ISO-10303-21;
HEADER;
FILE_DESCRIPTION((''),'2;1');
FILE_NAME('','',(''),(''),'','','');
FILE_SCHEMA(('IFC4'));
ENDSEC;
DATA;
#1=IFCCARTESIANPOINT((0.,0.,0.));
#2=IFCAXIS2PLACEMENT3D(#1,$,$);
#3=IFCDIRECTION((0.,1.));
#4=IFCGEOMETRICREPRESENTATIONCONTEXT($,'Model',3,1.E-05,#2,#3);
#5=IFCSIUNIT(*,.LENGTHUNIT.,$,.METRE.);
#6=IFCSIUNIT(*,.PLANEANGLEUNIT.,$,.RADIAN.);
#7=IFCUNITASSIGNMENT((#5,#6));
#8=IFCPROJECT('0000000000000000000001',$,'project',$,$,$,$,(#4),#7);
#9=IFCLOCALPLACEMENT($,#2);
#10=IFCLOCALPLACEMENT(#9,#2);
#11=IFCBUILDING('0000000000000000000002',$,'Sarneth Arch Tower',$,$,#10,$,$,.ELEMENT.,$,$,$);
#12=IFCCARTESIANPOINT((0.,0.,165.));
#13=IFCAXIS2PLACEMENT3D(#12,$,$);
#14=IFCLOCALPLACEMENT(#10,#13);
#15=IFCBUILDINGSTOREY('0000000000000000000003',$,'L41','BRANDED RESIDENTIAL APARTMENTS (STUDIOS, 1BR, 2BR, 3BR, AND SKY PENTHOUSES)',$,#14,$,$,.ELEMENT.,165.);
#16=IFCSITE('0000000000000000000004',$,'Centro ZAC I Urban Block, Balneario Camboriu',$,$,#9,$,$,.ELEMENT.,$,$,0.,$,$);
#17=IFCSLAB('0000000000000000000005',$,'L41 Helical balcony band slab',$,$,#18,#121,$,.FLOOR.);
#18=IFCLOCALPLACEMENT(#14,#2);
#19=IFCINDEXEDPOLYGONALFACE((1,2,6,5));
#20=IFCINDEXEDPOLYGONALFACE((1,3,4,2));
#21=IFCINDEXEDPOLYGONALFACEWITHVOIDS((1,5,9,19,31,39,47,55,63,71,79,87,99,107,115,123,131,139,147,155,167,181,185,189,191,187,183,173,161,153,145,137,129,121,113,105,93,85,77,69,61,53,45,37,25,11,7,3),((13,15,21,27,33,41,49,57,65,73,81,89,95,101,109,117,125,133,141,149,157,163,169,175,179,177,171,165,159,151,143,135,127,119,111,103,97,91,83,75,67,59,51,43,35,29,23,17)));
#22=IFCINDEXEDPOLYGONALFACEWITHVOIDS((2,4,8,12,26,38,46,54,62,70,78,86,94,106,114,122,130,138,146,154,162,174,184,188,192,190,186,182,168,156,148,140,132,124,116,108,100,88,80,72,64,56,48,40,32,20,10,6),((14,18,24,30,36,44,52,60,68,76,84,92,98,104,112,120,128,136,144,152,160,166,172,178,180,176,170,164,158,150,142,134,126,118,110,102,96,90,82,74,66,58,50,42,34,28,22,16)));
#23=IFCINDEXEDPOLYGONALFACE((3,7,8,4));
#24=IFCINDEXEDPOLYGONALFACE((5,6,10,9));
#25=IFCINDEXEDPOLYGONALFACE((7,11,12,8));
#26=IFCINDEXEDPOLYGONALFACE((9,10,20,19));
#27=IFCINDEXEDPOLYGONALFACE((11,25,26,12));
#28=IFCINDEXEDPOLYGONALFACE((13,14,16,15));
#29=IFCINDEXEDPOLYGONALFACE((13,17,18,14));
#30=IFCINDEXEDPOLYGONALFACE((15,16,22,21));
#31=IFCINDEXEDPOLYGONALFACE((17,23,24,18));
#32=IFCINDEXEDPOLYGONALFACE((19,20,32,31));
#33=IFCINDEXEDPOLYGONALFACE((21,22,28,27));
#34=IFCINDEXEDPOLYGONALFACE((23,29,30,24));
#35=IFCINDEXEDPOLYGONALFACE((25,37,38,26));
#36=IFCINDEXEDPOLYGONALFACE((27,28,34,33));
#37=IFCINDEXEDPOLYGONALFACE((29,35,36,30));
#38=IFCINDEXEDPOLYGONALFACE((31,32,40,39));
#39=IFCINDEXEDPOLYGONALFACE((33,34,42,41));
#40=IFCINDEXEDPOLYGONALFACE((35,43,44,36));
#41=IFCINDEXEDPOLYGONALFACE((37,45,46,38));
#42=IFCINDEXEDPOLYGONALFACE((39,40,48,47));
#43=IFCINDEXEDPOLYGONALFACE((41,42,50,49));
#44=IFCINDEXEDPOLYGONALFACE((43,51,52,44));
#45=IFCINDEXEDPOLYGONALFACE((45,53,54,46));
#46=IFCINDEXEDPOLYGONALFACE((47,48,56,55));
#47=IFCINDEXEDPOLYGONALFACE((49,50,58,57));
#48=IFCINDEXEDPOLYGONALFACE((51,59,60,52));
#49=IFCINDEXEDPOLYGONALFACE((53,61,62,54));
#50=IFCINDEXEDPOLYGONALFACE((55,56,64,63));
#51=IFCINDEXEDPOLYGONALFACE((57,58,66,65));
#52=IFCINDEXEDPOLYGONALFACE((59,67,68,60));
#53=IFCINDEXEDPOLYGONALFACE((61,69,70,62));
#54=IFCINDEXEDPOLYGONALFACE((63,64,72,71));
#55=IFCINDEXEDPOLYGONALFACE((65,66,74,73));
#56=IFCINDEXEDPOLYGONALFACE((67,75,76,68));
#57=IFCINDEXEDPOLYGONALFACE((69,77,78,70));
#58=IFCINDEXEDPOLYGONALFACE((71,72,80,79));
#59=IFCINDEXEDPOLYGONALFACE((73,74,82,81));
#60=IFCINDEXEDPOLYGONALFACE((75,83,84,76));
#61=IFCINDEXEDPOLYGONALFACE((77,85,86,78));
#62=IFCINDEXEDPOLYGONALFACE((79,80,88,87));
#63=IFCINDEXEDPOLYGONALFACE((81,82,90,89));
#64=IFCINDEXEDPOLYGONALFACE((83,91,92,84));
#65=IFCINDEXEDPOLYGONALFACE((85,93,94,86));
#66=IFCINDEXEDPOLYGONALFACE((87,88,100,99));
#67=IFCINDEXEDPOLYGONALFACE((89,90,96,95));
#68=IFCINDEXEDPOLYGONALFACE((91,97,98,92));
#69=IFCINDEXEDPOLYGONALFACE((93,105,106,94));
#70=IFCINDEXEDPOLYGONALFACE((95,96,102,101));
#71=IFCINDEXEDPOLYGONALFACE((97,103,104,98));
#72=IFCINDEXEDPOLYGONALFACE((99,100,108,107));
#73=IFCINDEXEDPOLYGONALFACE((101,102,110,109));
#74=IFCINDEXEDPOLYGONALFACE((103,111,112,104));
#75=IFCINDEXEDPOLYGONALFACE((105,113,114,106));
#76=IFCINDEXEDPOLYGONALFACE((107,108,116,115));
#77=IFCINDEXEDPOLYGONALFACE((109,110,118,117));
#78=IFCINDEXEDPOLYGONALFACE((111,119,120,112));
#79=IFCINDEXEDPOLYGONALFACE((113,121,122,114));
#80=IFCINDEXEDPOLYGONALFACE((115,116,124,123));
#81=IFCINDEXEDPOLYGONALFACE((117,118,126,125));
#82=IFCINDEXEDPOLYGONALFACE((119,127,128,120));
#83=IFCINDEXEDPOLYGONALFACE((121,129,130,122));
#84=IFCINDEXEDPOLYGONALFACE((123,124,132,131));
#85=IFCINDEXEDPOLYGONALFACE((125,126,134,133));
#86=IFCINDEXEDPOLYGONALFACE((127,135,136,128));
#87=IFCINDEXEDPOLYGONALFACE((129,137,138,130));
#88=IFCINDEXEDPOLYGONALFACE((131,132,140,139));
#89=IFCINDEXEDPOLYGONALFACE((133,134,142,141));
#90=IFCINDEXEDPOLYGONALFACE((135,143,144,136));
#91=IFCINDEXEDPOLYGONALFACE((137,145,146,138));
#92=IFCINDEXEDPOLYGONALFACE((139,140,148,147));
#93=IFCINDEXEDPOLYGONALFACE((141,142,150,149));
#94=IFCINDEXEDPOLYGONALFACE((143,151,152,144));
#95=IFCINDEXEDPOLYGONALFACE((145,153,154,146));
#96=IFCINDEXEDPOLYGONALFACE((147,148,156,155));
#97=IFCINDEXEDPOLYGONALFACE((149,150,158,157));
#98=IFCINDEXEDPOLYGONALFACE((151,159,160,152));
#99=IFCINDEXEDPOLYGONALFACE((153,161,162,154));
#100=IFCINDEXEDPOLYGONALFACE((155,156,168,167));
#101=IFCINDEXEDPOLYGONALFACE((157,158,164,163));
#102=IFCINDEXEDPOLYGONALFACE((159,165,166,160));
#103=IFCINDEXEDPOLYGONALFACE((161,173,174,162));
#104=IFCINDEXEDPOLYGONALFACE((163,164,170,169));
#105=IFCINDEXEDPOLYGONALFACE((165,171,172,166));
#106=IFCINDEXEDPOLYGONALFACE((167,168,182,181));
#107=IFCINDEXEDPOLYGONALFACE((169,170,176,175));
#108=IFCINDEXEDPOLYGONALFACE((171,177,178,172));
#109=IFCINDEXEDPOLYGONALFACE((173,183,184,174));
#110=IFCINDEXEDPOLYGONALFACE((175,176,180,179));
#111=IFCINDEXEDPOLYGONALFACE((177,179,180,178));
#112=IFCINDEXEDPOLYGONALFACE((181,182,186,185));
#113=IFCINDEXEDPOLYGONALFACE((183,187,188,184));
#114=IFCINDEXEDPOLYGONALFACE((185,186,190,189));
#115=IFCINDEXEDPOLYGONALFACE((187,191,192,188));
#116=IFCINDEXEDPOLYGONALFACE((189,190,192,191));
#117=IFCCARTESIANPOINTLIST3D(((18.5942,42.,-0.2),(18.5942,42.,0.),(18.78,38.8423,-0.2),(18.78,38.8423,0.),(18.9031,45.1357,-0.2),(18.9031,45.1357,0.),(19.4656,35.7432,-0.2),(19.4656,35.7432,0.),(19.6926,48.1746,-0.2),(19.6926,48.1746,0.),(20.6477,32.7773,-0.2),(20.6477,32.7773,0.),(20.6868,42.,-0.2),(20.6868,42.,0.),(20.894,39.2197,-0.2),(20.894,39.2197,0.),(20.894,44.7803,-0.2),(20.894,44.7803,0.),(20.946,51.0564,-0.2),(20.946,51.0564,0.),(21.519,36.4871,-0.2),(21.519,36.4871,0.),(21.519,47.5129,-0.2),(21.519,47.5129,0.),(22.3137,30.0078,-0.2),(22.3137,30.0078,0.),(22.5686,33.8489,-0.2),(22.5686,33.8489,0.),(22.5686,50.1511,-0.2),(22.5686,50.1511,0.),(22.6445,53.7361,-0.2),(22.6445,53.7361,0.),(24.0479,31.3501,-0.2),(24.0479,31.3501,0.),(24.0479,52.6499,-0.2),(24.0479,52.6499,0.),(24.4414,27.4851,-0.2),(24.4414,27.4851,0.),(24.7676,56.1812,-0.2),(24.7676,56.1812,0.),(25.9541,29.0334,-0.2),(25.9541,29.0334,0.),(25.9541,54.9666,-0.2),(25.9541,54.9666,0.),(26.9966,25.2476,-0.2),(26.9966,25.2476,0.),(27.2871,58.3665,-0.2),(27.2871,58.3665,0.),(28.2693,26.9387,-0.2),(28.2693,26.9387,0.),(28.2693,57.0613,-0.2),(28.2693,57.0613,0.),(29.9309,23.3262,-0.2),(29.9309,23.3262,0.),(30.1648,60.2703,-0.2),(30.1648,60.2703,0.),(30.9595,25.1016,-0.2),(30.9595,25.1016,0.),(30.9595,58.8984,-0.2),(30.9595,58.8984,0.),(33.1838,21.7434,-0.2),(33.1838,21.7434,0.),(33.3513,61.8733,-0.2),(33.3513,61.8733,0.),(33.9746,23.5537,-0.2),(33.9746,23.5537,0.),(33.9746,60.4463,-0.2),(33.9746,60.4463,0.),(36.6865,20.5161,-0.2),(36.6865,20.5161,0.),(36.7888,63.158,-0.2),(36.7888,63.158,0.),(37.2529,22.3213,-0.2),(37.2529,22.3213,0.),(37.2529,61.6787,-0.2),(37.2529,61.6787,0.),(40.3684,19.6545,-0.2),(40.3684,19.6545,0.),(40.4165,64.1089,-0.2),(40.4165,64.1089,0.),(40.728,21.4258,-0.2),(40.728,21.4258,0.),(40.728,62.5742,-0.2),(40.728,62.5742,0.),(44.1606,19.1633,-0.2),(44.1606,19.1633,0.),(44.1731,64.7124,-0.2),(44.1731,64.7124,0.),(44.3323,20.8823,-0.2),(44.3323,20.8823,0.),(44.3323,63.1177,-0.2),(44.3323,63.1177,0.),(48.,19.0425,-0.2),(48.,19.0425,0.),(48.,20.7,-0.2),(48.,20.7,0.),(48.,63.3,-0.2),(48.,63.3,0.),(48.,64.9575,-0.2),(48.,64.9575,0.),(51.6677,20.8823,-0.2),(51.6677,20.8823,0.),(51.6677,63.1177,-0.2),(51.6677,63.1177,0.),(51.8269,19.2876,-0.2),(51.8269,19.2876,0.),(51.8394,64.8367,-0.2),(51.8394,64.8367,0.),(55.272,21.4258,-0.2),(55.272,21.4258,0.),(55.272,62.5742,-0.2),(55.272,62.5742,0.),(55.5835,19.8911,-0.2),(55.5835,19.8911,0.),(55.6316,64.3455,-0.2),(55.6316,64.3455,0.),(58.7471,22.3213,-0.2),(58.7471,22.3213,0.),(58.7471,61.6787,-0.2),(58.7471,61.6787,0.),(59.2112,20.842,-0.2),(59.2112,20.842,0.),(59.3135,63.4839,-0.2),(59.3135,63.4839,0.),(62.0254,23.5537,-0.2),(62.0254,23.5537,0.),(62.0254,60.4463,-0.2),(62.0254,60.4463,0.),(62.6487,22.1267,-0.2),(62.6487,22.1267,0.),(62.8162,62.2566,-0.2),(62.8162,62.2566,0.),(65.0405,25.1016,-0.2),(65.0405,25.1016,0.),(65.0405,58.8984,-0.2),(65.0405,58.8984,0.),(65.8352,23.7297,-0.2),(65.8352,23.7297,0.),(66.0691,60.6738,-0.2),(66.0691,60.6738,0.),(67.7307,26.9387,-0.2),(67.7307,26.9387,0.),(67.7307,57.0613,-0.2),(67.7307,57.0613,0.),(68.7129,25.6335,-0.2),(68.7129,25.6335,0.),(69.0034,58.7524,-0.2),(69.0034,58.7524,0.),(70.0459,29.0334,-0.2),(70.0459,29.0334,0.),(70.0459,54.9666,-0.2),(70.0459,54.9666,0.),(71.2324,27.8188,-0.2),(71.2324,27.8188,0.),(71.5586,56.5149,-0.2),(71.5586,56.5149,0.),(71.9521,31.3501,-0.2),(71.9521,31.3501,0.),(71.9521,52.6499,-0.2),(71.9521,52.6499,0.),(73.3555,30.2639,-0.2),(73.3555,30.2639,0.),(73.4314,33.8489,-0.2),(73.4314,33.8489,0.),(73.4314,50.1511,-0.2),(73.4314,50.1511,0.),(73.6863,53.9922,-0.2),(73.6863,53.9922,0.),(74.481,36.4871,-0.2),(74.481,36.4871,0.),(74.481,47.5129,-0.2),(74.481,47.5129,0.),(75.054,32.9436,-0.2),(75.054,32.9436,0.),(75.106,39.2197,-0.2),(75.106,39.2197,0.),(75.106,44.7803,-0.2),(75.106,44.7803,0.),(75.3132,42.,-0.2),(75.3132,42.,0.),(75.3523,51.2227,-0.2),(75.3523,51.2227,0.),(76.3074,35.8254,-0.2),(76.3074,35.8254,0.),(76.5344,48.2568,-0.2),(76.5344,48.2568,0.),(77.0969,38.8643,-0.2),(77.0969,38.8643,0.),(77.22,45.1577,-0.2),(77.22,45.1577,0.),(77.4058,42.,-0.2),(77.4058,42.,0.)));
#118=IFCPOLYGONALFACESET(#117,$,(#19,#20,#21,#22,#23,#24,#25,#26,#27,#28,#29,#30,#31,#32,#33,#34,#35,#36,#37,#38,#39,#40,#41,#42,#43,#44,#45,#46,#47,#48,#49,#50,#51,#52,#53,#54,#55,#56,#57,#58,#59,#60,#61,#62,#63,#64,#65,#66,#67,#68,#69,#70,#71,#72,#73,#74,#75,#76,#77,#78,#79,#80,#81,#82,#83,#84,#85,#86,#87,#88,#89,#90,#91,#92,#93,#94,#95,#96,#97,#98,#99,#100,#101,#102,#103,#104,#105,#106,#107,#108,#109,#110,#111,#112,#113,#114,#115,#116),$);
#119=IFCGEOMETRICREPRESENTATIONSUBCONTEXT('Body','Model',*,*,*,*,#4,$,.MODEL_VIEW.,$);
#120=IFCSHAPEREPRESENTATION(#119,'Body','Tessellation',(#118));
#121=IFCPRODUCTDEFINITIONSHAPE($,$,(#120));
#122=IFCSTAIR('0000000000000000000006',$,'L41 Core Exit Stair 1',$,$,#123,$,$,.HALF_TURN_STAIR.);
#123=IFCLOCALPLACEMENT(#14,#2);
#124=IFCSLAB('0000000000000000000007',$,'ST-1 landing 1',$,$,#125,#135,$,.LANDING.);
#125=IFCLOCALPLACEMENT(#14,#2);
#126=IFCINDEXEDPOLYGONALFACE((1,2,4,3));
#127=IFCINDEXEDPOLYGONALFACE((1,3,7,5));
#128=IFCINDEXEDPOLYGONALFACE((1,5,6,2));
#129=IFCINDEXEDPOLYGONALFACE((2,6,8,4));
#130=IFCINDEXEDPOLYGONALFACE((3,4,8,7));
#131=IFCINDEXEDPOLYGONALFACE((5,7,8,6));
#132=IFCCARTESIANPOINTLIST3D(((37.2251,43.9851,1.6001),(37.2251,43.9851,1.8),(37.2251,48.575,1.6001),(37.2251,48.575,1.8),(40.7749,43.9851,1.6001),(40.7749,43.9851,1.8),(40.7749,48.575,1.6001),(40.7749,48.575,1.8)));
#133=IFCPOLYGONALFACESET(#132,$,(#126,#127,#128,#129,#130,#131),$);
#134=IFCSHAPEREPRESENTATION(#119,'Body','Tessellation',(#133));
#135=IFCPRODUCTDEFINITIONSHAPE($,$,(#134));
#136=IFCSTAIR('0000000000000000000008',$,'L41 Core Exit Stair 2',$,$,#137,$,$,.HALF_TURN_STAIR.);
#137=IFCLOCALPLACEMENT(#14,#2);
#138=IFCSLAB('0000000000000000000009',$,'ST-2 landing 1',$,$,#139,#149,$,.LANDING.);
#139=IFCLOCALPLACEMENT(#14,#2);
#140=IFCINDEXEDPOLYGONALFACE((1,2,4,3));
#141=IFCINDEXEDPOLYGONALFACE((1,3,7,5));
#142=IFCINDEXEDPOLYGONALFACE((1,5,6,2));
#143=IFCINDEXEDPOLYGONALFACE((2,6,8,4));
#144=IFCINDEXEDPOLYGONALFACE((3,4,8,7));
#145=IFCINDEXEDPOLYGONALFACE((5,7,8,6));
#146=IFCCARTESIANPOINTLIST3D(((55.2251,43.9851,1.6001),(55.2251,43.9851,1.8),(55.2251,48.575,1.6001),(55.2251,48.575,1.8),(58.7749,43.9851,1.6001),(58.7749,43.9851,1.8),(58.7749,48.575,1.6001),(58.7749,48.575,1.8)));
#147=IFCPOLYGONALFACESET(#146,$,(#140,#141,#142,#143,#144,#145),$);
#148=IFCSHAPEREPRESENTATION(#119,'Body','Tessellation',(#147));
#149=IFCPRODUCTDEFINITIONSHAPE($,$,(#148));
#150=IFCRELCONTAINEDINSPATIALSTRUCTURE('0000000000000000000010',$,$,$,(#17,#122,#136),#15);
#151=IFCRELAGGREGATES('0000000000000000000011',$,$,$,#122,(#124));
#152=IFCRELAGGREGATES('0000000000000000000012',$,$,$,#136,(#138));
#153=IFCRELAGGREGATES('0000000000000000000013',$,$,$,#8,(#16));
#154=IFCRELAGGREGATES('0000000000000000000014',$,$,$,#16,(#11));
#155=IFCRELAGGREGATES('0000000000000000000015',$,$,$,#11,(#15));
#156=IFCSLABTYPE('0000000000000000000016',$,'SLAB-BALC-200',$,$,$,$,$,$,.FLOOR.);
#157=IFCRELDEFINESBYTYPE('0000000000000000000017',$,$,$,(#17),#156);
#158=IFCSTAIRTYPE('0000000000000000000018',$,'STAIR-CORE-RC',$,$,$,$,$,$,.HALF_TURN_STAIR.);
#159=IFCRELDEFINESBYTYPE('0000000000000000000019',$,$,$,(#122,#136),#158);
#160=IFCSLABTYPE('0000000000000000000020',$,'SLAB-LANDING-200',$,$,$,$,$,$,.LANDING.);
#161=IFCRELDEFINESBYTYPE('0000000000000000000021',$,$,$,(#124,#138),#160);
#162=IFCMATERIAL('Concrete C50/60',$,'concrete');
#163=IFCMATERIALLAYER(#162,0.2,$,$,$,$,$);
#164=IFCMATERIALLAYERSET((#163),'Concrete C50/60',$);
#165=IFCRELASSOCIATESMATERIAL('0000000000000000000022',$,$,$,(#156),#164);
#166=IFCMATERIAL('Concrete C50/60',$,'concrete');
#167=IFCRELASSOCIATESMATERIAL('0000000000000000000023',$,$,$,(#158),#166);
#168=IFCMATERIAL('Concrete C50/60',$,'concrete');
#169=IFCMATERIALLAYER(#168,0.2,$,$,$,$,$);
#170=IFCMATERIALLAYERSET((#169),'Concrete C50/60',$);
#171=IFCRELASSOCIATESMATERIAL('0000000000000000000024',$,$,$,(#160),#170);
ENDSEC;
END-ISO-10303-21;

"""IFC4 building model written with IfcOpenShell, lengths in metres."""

from ifc_helpers import new_model, si_unit, direction, frame, origin, place, context, subcontext, project, spatial, polyline, outline, extrude, material, layer, layer_set, type_object, element, aggregate, save


model = new_model("IFC4")

# Units and contexts
model_context = context("Model", 3, precision=1e-05, world=origin(), true_north=direction((0.0, 1.0)))
body_context = subcontext(model_context, "Body", "Model", "MODEL_VIEW")
ifc_project = project(units=[si_unit("LENGTHUNIT", "METRE"), si_unit("PLANEANGLEUNIT", "RADIAN")], contexts=[model_context])

# Site, building, storey
site_placement = place(None, origin())
site = spatial("IfcSite", under=ifc_project, at=site_placement, Name="Centro ZAC I Urban Block, Balneario Camboriu", CompositionType="ELEMENT", RefElevation=0.0)
building_placement = place(site_placement, origin())
building = spatial("IfcBuilding", under=site, at=building_placement, Name="Sarneth Arch Tower", CompositionType="ELEMENT")
storey_placement = place(building_placement, frame((0.0, 0.0, 165.0)))
storey = spatial("IfcBuildingStorey", under=building, at=storey_placement, Name="L41", Description="BRANDED RESIDENTIAL APARTMENTS (STUDIOS, 1BR, 2BR, 3BR, AND SKY PENTHOUSES)", CompositionType="ELEMENT", Elevation=165.0)

# Slab
ifc_material_1 = material(Name="Concrete C50/60", Category="concrete")
ifc_layer_1 = layer(ifc_material_1, 0.2)
ifc_layer_set_1 = layer_set([ifc_layer_1], Name="Concrete C50/60")
slab_type_1 = type_object("IfcSlabType", Name="SLAB-BALC-200", PredefinedType="FLOOR", material=ifc_layer_set_1)
slab_1_placement = place(storey_placement, frame((0.0, 0.0, -0.2)))
element("IfcSlab", 1, at=slab_1_placement, inside=storey, type_object=slab_type_1, Name="L41 Helical balcony band slab", PredefinedType="FLOOR", context=body_context, shape_type="SweptSolid", body=[
    extrude(outline(polyline([(77.4058, 42.0), (77.22, 45.1577), (76.5344, 48.2568), (75.3523, 51.2227), (73.6863, 53.9922), (71.5586, 56.5149), (69.0034, 58.7524), (66.0691, 60.6738), (62.8162, 62.2566), (59.3135, 63.4839), (55.6316, 64.3455), (51.8394, 64.8367), (48.0, 64.9575), (44.1731, 64.7124), (40.4165, 64.1089), (36.7888, 63.158), (33.3513, 61.8733), (30.1648, 60.2703), (27.2871, 58.3665), (24.7676, 56.1812), (22.6445, 53.7361), (20.946, 51.0564), (19.6926, 48.1746), (18.9031, 45.1357), (18.5942, 42.0), (18.78, 38.8423), (19.4656, 35.7432), (20.6477, 32.7773), (22.3137, 30.0078), (24.4414, 27.4851), (26.9966, 25.2476), (29.9309, 23.3262), (33.1838, 21.7434), (36.6865, 20.5161), (40.3684, 19.6545), (44.1606, 19.1633), (48.0, 19.0425), (51.8269, 19.2876), (55.5835, 19.8911), (59.2112, 20.842), (62.6487, 22.1267), (65.8352, 23.7297), (68.7129, 25.6335), (71.2324, 27.8188), (73.3555, 30.2639), (75.054, 32.9436), (76.3074, 35.8254), (77.0969, 38.8643), (77.4058, 42.0)]), holes=[polyline([(75.3132, 42.0), (75.106, 44.7803), (74.481, 47.5129), (73.4314, 50.1511), (71.9521, 52.6499), (70.0459, 54.9666), (67.7307, 57.0613), (65.0405, 58.8984), (62.0254, 60.4463), (58.7471, 61.6787), (55.272, 62.5742), (51.6677, 63.1177), (48.0, 63.3), (44.3323, 63.1177), (40.728, 62.5742), (37.2529, 61.6787), (33.9746, 60.4463), (30.9595, 58.8984), (28.2693, 57.0613), (25.9541, 54.9666), (24.0479, 52.6499), (22.5686, 50.1511), (21.519, 47.5129), (20.894, 44.7803), (20.6868, 42.0), (20.894, 39.2197), (21.519, 36.4871), (22.5686, 33.8489), (24.0479, 31.3501), (25.9541, 29.0334), (28.2693, 26.9387), (30.9595, 25.1016), (33.9746, 23.5537), (37.2529, 22.3213), (40.728, 21.4258), (44.3323, 20.8823), (48.0, 20.7), (51.6677, 20.8823), (55.272, 21.4258), (58.7471, 22.3213), (62.0254, 23.5537), (65.0405, 25.1016), (67.7307, 26.9387), (70.0459, 29.0334), (71.9521, 31.3501), (73.4314, 33.8489), (74.481, 36.4871), (75.106, 39.2197), (75.3132, 42.0)])]), origin(), (0.0, 0.0, 1.0), 0.2),
])

# Stairs, slabs
ifc_material_2 = material(Name="Concrete C50/60", Category="concrete")
stair_type = type_object("IfcStairType", Name="STAIR-CORE-RC", PredefinedType="HALF_TURN_STAIR", material=ifc_material_2)
stair_1_placement = place(storey_placement, origin())
stair_1 = element("IfcStair", 2, at=stair_1_placement, inside=storey, type_object=stair_type, Name="L41 Core Exit Stair 1", PredefinedType="HALF_TURN_STAIR")
ifc_material_3 = material(Name="Concrete C50/60", Category="concrete")
ifc_layer_2 = layer(ifc_material_3, 0.2)
ifc_layer_set_2 = layer_set([ifc_layer_2], Name="Concrete C50/60")
slab_type_2 = type_object("IfcSlabType", Name="SLAB-LANDING-200", PredefinedType="LANDING", material=ifc_layer_set_2)
slab_2_placement = place(storey_placement, frame((0.0, 0.0, 1.6001)))
slab_2 = element("IfcSlab", 3, at=slab_2_placement, type_object=slab_type_2, Name="ST-1 landing 1", PredefinedType="LANDING", context=body_context, shape_type="SweptSolid", body=[
    extrude(outline(polyline([(37.2251, 43.9851), (40.7749, 43.9851), (40.7749, 48.575), (37.2251, 48.575), (37.2251, 43.9851)])), origin(), (0.0, 0.0, 1.0), 0.2),
])
aggregate(stair_1, [slab_2])
stair_2_placement = place(storey_placement, origin())
stair_2 = element("IfcStair", 4, at=stair_2_placement, inside=storey, type_object=stair_type, Name="L41 Core Exit Stair 2", PredefinedType="HALF_TURN_STAIR")
slab_3_placement = place(storey_placement, frame((0.0, 0.0, 1.6001)))
slab_3 = element("IfcSlab", 5, at=slab_3_placement, type_object=slab_type_2, Name="ST-2 landing 1", PredefinedType="LANDING", context=body_context, shape_type="SweptSolid", body=[
    extrude(outline(polyline([(55.2251, 43.9851), (58.7749, 43.9851), (58.7749, 48.575), (55.2251, 48.575), (55.2251, 43.9851)])), origin(), (0.0, 0.0, 1.0), 0.2),
])
aggregate(stair_2, [slab_3])

save(model, "model.ifc")
